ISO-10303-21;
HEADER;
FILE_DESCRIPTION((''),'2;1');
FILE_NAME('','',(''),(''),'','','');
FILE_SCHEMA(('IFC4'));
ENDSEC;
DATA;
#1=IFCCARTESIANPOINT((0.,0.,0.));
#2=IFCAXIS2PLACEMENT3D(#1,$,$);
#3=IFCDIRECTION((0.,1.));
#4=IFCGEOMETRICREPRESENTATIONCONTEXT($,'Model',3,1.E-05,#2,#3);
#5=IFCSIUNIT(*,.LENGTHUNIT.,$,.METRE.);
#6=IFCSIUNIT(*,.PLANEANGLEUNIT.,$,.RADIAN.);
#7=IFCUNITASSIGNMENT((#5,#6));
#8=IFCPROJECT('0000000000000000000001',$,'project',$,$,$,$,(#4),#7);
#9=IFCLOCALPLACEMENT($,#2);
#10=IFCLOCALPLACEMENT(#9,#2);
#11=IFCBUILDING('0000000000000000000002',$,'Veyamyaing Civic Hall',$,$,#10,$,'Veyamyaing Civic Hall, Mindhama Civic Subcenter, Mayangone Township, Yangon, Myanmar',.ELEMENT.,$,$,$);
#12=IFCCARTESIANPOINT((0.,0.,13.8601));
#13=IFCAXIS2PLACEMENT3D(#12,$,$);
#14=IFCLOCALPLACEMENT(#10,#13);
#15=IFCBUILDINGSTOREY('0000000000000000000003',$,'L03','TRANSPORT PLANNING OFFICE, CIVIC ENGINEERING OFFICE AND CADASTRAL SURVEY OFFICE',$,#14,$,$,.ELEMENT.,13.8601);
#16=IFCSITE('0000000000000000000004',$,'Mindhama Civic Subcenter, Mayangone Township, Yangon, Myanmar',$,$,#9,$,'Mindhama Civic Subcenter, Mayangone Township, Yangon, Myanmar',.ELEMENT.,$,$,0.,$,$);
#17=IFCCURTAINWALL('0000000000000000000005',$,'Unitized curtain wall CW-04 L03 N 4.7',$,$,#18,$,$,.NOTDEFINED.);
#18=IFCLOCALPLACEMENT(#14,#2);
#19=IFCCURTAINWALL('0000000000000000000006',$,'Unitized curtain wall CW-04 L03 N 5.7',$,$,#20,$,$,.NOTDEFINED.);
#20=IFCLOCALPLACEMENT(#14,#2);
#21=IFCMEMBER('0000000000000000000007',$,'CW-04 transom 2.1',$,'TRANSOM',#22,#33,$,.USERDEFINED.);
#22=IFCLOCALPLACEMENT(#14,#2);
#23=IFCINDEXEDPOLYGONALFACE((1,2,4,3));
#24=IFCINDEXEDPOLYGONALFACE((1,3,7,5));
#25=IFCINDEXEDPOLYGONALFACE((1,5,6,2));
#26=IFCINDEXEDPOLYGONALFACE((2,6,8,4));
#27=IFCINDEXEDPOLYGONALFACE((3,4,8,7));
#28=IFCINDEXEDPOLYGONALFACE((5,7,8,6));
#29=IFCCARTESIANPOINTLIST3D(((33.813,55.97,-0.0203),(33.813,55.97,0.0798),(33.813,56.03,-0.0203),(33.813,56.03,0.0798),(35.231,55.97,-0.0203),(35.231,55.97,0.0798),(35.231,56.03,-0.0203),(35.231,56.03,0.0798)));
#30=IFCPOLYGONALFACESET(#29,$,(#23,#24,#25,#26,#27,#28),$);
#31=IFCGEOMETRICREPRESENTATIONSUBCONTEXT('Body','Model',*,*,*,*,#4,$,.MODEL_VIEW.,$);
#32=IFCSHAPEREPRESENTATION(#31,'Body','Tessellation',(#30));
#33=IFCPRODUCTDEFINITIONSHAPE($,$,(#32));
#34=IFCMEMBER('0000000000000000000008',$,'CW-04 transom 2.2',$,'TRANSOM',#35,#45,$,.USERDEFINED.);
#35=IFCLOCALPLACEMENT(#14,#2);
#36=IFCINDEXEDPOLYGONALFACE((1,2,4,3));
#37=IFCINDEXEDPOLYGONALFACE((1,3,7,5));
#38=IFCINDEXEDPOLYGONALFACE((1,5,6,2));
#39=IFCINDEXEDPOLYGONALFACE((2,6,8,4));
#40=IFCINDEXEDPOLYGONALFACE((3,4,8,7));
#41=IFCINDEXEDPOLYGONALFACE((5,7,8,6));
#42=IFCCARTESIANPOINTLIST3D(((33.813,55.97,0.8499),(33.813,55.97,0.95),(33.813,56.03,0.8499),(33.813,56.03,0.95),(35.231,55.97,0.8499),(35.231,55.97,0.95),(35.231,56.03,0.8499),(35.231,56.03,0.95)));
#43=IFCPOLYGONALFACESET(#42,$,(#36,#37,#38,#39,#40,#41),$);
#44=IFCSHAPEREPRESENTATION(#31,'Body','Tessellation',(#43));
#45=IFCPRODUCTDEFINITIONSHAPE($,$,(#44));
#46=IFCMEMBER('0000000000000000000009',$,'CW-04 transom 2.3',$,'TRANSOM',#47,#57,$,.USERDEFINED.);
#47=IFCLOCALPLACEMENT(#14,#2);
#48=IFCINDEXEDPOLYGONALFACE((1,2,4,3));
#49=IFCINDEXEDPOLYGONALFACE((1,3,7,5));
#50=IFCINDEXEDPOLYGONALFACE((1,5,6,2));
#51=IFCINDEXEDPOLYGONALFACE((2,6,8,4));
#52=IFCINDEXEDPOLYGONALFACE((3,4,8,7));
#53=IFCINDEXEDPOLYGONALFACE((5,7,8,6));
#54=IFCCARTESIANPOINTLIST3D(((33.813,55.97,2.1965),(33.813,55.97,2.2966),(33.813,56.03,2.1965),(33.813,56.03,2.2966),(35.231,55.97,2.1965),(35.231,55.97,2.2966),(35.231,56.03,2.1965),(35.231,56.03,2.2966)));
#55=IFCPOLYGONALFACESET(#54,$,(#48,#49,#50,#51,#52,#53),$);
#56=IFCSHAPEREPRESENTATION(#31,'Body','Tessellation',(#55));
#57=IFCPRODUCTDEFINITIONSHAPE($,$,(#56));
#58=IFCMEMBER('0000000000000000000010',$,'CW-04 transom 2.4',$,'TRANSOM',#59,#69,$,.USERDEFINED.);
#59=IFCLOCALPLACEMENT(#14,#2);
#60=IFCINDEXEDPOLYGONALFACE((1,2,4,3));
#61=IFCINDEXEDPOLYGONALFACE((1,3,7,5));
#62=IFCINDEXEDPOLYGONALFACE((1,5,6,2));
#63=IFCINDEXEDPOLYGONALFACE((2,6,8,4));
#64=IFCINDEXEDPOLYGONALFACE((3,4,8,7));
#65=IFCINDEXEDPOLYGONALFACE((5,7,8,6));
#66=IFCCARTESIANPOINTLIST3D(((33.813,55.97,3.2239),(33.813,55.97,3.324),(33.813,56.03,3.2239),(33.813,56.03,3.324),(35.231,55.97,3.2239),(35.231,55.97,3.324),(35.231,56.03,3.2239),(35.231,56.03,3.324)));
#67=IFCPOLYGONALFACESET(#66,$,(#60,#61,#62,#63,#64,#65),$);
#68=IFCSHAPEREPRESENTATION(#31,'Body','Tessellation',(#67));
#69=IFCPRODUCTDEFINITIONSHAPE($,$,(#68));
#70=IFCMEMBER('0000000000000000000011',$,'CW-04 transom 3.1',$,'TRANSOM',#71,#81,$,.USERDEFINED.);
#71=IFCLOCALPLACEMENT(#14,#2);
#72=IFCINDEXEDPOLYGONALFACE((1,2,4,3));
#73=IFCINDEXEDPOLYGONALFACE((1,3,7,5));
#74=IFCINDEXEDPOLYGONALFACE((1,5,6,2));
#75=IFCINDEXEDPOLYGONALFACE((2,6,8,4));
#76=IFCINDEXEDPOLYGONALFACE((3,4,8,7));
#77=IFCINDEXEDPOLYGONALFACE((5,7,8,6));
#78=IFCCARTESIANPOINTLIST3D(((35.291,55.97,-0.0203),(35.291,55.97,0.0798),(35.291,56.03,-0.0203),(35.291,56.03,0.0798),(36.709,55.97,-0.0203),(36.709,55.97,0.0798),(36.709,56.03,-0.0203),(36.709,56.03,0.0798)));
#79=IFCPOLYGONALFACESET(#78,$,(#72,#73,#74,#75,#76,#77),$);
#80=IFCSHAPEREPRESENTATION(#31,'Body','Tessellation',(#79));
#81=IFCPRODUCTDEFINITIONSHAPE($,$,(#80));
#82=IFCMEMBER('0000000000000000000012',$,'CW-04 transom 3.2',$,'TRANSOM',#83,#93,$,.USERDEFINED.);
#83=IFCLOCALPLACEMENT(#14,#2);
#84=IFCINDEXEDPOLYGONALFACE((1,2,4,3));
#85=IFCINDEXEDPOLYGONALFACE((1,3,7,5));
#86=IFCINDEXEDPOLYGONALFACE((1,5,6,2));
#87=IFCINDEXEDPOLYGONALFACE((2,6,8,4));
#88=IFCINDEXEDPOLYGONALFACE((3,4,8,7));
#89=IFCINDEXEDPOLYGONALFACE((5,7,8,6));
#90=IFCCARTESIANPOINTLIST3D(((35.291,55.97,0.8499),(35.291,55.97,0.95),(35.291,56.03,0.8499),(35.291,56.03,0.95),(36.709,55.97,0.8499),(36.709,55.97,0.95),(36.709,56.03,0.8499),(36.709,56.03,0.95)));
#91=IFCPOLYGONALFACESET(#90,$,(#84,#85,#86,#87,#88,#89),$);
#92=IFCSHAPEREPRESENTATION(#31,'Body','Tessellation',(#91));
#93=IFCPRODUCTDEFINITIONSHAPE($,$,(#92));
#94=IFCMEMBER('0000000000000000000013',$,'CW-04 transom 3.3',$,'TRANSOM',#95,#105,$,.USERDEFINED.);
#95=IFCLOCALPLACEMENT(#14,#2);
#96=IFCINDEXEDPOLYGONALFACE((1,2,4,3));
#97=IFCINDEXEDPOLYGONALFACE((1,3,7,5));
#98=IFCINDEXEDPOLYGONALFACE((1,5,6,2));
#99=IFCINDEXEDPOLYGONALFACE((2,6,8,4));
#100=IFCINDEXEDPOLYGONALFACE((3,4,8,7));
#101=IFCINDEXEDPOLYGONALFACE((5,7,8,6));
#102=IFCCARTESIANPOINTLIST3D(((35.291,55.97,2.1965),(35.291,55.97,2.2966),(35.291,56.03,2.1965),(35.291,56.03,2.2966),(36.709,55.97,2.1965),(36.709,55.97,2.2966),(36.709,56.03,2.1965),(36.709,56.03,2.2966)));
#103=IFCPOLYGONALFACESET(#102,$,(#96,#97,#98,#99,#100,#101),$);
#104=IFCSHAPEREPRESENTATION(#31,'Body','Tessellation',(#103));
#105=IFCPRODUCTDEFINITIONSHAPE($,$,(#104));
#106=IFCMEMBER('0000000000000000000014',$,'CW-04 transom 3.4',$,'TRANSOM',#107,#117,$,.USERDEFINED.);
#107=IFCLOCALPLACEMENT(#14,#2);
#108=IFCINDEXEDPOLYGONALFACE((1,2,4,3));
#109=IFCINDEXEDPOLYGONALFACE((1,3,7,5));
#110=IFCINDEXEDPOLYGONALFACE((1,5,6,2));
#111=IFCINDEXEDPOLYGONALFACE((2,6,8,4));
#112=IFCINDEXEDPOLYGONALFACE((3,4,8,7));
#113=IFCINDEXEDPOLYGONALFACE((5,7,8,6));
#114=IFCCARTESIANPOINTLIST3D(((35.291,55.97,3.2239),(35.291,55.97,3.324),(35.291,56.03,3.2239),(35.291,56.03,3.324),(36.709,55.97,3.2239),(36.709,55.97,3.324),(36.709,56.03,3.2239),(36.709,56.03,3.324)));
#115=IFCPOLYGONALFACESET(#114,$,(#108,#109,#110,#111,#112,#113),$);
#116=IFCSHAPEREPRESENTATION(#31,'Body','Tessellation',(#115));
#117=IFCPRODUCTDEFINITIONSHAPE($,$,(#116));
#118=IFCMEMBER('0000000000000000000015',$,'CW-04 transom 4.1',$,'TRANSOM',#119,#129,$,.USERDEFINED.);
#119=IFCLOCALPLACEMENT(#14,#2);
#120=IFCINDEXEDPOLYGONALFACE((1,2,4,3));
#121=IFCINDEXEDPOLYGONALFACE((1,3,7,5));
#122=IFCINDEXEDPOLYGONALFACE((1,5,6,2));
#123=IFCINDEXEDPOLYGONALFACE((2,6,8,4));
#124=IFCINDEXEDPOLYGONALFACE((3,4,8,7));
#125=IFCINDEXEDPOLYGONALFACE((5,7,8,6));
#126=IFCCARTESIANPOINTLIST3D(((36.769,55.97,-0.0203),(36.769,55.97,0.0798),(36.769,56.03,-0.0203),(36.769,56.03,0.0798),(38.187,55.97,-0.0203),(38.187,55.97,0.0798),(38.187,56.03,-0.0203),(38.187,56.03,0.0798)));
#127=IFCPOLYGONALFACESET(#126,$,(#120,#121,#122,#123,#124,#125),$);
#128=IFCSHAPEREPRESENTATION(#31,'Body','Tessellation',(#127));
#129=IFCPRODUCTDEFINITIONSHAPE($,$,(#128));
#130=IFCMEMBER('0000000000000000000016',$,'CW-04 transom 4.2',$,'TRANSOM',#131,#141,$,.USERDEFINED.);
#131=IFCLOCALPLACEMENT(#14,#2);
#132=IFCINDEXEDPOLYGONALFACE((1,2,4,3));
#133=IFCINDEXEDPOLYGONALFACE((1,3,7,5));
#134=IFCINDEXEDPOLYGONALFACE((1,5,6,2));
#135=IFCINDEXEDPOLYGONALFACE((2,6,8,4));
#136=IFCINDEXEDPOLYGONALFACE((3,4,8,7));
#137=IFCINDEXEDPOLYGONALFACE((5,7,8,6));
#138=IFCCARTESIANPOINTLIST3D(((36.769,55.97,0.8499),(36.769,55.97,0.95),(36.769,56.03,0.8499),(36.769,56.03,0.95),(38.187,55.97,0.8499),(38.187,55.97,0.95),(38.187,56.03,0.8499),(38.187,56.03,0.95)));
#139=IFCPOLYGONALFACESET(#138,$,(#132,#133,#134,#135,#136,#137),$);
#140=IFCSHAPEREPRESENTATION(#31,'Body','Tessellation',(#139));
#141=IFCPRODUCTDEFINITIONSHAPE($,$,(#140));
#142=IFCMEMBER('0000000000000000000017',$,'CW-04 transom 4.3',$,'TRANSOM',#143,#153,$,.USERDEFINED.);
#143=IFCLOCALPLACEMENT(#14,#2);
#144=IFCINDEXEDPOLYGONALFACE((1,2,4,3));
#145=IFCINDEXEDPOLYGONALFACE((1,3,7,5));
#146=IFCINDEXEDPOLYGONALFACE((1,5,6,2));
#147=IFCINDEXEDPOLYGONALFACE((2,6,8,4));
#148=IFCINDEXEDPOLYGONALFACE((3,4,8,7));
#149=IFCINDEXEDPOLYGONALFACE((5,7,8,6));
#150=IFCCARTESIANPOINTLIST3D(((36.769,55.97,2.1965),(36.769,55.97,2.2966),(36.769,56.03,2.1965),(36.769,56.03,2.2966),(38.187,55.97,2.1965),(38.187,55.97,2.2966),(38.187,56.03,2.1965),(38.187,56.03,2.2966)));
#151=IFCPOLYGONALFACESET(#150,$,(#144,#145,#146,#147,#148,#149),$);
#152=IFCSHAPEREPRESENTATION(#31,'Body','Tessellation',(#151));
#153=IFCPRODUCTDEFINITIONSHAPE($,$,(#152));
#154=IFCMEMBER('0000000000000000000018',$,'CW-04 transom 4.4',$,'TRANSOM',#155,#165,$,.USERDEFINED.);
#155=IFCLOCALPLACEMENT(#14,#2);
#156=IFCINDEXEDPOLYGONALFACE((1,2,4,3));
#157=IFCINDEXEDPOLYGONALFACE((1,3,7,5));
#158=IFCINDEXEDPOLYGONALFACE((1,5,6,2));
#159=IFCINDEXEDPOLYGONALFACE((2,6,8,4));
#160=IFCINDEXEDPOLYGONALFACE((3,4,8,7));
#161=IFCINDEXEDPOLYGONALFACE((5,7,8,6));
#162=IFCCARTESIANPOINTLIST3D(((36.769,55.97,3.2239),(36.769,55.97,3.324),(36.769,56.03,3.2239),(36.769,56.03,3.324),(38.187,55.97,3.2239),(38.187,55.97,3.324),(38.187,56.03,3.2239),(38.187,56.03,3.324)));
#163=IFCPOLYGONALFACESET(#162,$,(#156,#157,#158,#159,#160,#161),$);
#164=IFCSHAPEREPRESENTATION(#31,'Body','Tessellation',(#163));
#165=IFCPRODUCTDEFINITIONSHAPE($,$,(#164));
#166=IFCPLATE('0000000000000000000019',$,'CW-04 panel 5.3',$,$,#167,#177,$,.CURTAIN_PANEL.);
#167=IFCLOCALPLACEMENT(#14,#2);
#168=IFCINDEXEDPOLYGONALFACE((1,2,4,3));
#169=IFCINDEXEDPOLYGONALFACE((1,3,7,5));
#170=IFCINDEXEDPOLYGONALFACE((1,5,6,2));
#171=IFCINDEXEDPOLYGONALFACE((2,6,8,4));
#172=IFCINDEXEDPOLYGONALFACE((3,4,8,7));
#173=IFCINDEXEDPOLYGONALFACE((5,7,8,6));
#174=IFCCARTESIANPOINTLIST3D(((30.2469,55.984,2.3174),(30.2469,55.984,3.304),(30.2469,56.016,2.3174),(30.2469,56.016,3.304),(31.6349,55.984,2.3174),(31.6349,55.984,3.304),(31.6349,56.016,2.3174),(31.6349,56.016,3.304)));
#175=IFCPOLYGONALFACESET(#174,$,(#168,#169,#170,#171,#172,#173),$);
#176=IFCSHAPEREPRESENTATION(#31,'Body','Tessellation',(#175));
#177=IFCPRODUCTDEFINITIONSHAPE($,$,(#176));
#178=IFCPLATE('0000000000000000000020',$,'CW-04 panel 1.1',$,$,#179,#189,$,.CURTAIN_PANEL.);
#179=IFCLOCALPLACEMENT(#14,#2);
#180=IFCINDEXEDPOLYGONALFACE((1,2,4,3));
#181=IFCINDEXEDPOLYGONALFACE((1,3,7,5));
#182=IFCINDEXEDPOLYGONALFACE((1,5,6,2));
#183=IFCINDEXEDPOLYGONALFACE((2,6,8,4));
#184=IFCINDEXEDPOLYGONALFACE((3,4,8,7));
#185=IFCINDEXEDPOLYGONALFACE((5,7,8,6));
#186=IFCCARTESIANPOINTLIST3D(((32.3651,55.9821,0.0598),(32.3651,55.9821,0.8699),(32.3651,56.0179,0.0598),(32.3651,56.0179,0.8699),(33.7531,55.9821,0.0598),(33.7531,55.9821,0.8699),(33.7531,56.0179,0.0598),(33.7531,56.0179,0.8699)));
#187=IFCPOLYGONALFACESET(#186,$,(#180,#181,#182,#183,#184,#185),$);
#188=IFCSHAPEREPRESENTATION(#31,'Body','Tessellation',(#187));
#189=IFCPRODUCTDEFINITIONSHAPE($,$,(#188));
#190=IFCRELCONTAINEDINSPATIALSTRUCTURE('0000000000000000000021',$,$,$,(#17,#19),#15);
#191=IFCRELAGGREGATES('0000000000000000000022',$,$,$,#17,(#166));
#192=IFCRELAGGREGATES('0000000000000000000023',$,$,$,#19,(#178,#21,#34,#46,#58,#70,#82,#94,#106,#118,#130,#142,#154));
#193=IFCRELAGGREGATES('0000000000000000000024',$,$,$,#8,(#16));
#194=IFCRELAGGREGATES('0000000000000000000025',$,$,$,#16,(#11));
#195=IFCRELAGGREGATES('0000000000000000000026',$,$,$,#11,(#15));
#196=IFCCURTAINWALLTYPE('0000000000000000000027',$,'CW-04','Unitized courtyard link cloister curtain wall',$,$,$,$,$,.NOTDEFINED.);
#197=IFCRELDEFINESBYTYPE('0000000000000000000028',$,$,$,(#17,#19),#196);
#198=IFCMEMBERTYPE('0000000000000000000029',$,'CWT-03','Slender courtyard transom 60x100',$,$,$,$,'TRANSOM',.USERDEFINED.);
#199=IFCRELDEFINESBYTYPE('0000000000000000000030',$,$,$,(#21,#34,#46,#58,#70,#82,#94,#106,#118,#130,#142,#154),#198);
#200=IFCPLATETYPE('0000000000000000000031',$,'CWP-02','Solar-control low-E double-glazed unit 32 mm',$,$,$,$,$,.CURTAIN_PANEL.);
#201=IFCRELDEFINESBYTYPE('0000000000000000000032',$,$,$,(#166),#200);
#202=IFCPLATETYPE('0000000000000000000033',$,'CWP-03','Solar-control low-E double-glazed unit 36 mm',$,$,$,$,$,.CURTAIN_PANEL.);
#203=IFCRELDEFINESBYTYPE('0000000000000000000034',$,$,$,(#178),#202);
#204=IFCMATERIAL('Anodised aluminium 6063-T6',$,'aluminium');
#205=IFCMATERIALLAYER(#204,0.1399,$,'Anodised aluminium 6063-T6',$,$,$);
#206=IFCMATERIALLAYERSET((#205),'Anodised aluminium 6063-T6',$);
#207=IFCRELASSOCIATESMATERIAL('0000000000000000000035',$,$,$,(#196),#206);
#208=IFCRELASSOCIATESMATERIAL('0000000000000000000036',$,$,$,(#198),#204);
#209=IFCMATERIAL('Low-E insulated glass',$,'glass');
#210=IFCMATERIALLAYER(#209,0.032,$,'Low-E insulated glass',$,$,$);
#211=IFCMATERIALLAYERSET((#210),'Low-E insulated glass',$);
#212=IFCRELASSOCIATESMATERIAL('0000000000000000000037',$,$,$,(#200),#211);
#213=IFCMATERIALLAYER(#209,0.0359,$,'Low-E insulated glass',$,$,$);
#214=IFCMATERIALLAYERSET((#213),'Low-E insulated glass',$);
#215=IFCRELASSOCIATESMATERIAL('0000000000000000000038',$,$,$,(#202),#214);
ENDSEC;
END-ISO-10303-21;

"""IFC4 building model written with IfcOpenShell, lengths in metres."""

from ifc_helpers import new_model, si_unit, direction, frame, origin, origin_2d, place, context, subcontext, project, spatial, rectangle, extrude, material, layer, layer_set, material_profile, profile_set, type_object, element, aggregate, save


model = new_model("IFC4")

# Units and contexts
model_context = context("Model", 3, precision=1e-05, world=origin(), true_north=direction((0.0, 1.0)))
body_context = subcontext(model_context, "Body", "Model", "MODEL_VIEW")
ifc_project = project(units=[si_unit("LENGTHUNIT", "METRE"), si_unit("PLANEANGLEUNIT", "RADIAN")], contexts=[model_context])

# Site, building, storey
site_placement = place(None, origin())
site = spatial("IfcSite", under=ifc_project, at=site_placement, Name="Mindhama Civic Subcenter, Mayangone Township, Yangon, Myanmar", LongName="Mindhama Civic Subcenter, Mayangone Township, Yangon, Myanmar", CompositionType="ELEMENT", RefElevation=0.0)
building_placement = place(site_placement, origin())
building = spatial("IfcBuilding", under=site, at=building_placement, Name="Veyamyaing Civic Hall", LongName="Veyamyaing Civic Hall, Mindhama Civic Subcenter, Mayangone Township, Yangon, Myanmar", CompositionType="ELEMENT")
storey_placement = place(building_placement, frame((0.0, 0.0, 13.8601)))
storey = spatial("IfcBuildingStorey", under=building, at=storey_placement, Name="L03", Description="TRANSPORT PLANNING OFFICE, CIVIC ENGINEERING OFFICE AND CADASTRAL SURVEY OFFICE", CompositionType="ELEMENT", Elevation=13.8601)

# Curtain wall
ifc_material_1 = material(Name="Anodised aluminium 6063-T6", Category="aluminium")
ifc_layer_1 = layer(ifc_material_1, 0.1399, Name="Anodised aluminium 6063-T6")
ifc_layer_set_1 = layer_set([ifc_layer_1], Name="Anodised aluminium 6063-T6")
curtain_wall_type = type_object("IfcCurtainWallType", Name="CW-04", Description="Unitized courtyard link cloister curtain wall", PredefinedType="NOTDEFINED", material=ifc_layer_set_1)
curtain_wall_1_placement = place(storey_placement, origin())
curtain_wall_1 = element("IfcCurtainWall", 1, at=curtain_wall_1_placement, inside=storey, type_object=curtain_wall_type, Name="Unitized curtain wall CW-04 L03 N 4.7", PredefinedType="NOTDEFINED")

# Curtain wall, members
curtain_wall_2_placement = place(storey_placement, origin())
curtain_wall_2 = element("IfcCurtainWall", 2, at=curtain_wall_2_placement, inside=storey, type_object=curtain_wall_type, Name="Unitized curtain wall CW-04 L03 N 5.7", PredefinedType="NOTDEFINED")
ifc_material_profile_1 = material_profile(ifc_material_1, rectangle(XDim=0.0601, YDim=0.1001, at=origin_2d()), Name="ALU-TRN-60X100")
ifc_profile_set_1 = profile_set([ifc_material_profile_1], Name="Anodised aluminium 6063-T6")
member_type_1 = type_object("IfcMemberType", Name="CWT-03", Description="Slender courtyard transom 60x100", ElementType="TRANSOM", PredefinedType="USERDEFINED", material=ifc_profile_set_1)
member_1_placement = place(storey_placement, frame((33.813, 56.0, 0.0298), z_axis=(1.0, 0.0, 0.0), x_axis=(0.0, 1.0, 0.0)))
member_1 = element("IfcMember", 3, at=member_1_placement, type_object=member_type_1, Name="CW-04 transom 2.1", ObjectType="TRANSOM", PredefinedType="USERDEFINED", context=body_context, shape_type="SweptSolid", body=[
    extrude(rectangle(XDim=0.0601, YDim=0.1001, at=origin_2d()), origin(), (0.0, 0.0, 1.0), 1.418),
])
member_2_placement = place(storey_placement, frame((33.813, 56.0, 0.8999), z_axis=(1.0, 0.0, 0.0), x_axis=(0.0, 1.0, 0.0)))
member_2 = element("IfcMember", 4, at=member_2_placement, type_object=member_type_1, Name="CW-04 transom 2.2", ObjectType="TRANSOM", PredefinedType="USERDEFINED", context=body_context, shape_type="SweptSolid", body=[
    extrude(rectangle(XDim=0.0601, YDim=0.1001, at=origin_2d()), origin(), (0.0, 0.0, 1.0), 1.418),
])
member_3_placement = place(storey_placement, frame((33.813, 56.0, 2.2466), z_axis=(1.0, 0.0, 0.0), x_axis=(0.0, 1.0, 0.0)))
member_3 = element("IfcMember", 5, at=member_3_placement, type_object=member_type_1, Name="CW-04 transom 2.3", ObjectType="TRANSOM", PredefinedType="USERDEFINED", context=body_context, shape_type="SweptSolid", body=[
    extrude(rectangle(XDim=0.0601, YDim=0.1001, at=origin_2d()), origin(), (0.0, 0.0, 1.0), 1.418),
])
member_4_placement = place(storey_placement, frame((33.813, 56.0, 3.2739), z_axis=(1.0, 0.0, 0.0), x_axis=(0.0, 1.0, 0.0)))
member_4 = element("IfcMember", 6, at=member_4_placement, type_object=member_type_1, Name="CW-04 transom 2.4", ObjectType="TRANSOM", PredefinedType="USERDEFINED", context=body_context, shape_type="SweptSolid", body=[
    extrude(rectangle(XDim=0.0601, YDim=0.1001, at=origin_2d()), origin(), (0.0, 0.0, 1.0), 1.418),
])
member_5_placement = place(storey_placement, frame((35.291, 56.0, 0.0298), z_axis=(1.0, 0.0, 0.0), x_axis=(0.0, 1.0, 0.0)))
member_5 = element("IfcMember", 7, at=member_5_placement, type_object=member_type_1, Name="CW-04 transom 3.1", ObjectType="TRANSOM", PredefinedType="USERDEFINED", context=body_context, shape_type="SweptSolid", body=[
    extrude(rectangle(XDim=0.0601, YDim=0.1001, at=origin_2d()), origin(), (0.0, 0.0, 1.0), 1.418),
])
member_6_placement = place(storey_placement, frame((35.291, 56.0, 0.8999), z_axis=(1.0, 0.0, 0.0), x_axis=(0.0, 1.0, 0.0)))
member_6 = element("IfcMember", 8, at=member_6_placement, type_object=member_type_1, Name="CW-04 transom 3.2", ObjectType="TRANSOM", PredefinedType="USERDEFINED", context=body_context, shape_type="SweptSolid", body=[
    extrude(rectangle(XDim=0.0601, YDim=0.1001, at=origin_2d()), origin(), (0.0, 0.0, 1.0), 1.418),
])
member_7_placement = place(storey_placement, frame((35.291, 56.0, 2.2466), z_axis=(1.0, 0.0, 0.0), x_axis=(0.0, 1.0, 0.0)))
member_7 = element("IfcMember", 9, at=member_7_placement, type_object=member_type_1, Name="CW-04 transom 3.3", ObjectType="TRANSOM", PredefinedType="USERDEFINED", context=body_context, shape_type="SweptSolid", body=[
    extrude(rectangle(XDim=0.0601, YDim=0.1001, at=origin_2d()), origin(), (0.0, 0.0, 1.0), 1.418),
])
member_8_placement = place(storey_placement, frame((35.291, 56.0, 3.2739), z_axis=(1.0, 0.0, 0.0), x_axis=(0.0, 1.0, 0.0)))
member_8 = element("IfcMember", 10, at=member_8_placement, type_object=member_type_1, Name="CW-04 transom 3.4", ObjectType="TRANSOM", PredefinedType="USERDEFINED", context=body_context, shape_type="SweptSolid", body=[
    extrude(rectangle(XDim=0.0601, YDim=0.1001, at=origin_2d()), origin(), (0.0, 0.0, 1.0), 1.418),
])
member_9_placement = place(storey_placement, frame((36.769, 56.0, 0.0298), z_axis=(1.0, 0.0, 0.0), x_axis=(0.0, 1.0, 0.0)))
member_9 = element("IfcMember", 11, at=member_9_placement, type_object=member_type_1, Name="CW-04 transom 4.1", ObjectType="TRANSOM", PredefinedType="USERDEFINED", context=body_context, shape_type="SweptSolid", body=[
    extrude(rectangle(XDim=0.0601, YDim=0.1001, at=origin_2d()), origin(), (0.0, 0.0, 1.0), 1.418),
])
member_10_placement = place(storey_placement, frame((36.769, 56.0, 0.8999), z_axis=(1.0, 0.0, 0.0), x_axis=(0.0, 1.0, 0.0)))
member_10 = element("IfcMember", 12, at=member_10_placement, type_object=member_type_1, Name="CW-04 transom 4.2", ObjectType="TRANSOM", PredefinedType="USERDEFINED", context=body_context, shape_type="SweptSolid", body=[
    extrude(rectangle(XDim=0.0601, YDim=0.1001, at=origin_2d()), origin(), (0.0, 0.0, 1.0), 1.418),
])
member_11_placement = place(storey_placement, frame((36.769, 56.0, 2.2466), z_axis=(1.0, 0.0, 0.0), x_axis=(0.0, 1.0, 0.0)))
member_11 = element("IfcMember", 13, at=member_11_placement, type_object=member_type_1, Name="CW-04 transom 4.3", ObjectType="TRANSOM", PredefinedType="USERDEFINED", context=body_context, shape_type="SweptSolid", body=[
    extrude(rectangle(XDim=0.0601, YDim=0.1001, at=origin_2d()), origin(), (0.0, 0.0, 1.0), 1.418),
])
member_12_placement = place(storey_placement, frame((36.769, 56.0, 3.2739), z_axis=(1.0, 0.0, 0.0), x_axis=(0.0, 1.0, 0.0)))
member_12 = element("IfcMember", 14, at=member_12_placement, type_object=member_type_1, Name="CW-04 transom 4.4", ObjectType="TRANSOM", PredefinedType="USERDEFINED", context=body_context, shape_type="SweptSolid", body=[
    extrude(rectangle(XDim=0.0601, YDim=0.1001, at=origin_2d()), origin(), (0.0, 0.0, 1.0), 1.418),
])

# Plates
ifc_material_2 = material(Name="Low-E insulated glass", Category="glass")
ifc_layer_2 = layer(ifc_material_2, 0.032, Name="Low-E insulated glass")
ifc_layer_set_2 = layer_set([ifc_layer_2], Name="Low-E insulated glass")
plate_type_1 = type_object("IfcPlateType", Name="CWP-02", Description="Solar-control low-E double-glazed unit 32 mm", PredefinedType="CURTAIN_PANEL", material=ifc_layer_set_2)
plate_1_placement = place(storey_placement, frame((30.9409, 56.0, 2.3174), z_axis=(0.0, 0.0, 1.0), x_axis=(1.0, 0.0, 0.0)))
plate_1 = element("IfcPlate", 15, at=plate_1_placement, type_object=plate_type_1, Name="CW-04 panel 5.3", PredefinedType="CURTAIN_PANEL", context=body_context, shape_type="SweptSolid", body=[
    extrude(rectangle(XDim=1.3879, YDim=0.032, at=origin_2d()), origin(), (0.0, 0.0, 1.0), 0.9866),
])
aggregate(curtain_wall_1, [plate_1])
ifc_layer_3 = layer(ifc_material_2, 0.0359, Name="Low-E insulated glass")
ifc_layer_set_3 = layer_set([ifc_layer_3], Name="Low-E insulated glass")
plate_type_2 = type_object("IfcPlateType", Name="CWP-03", Description="Solar-control low-E double-glazed unit 36 mm", PredefinedType="CURTAIN_PANEL", material=ifc_layer_set_3)
plate_2_placement = place(storey_placement, frame((33.0591, 56.0, 0.0598), z_axis=(0.0, 0.0, 1.0), x_axis=(1.0, 0.0, 0.0)))
plate_2 = element("IfcPlate", 16, at=plate_2_placement, type_object=plate_type_2, Name="CW-04 panel 1.1", PredefinedType="CURTAIN_PANEL", context=body_context, shape_type="SweptSolid", body=[
    extrude(rectangle(XDim=1.3879, YDim=0.0359, at=origin_2d()), origin(), (0.0, 0.0, 1.0), 0.8101),
])
aggregate(curtain_wall_2, [plate_2, member_1, member_2, member_3, member_4, member_5, member_6, member_7, member_8, member_9, member_10, member_11, member_12])

save(model, "model.ifc")
